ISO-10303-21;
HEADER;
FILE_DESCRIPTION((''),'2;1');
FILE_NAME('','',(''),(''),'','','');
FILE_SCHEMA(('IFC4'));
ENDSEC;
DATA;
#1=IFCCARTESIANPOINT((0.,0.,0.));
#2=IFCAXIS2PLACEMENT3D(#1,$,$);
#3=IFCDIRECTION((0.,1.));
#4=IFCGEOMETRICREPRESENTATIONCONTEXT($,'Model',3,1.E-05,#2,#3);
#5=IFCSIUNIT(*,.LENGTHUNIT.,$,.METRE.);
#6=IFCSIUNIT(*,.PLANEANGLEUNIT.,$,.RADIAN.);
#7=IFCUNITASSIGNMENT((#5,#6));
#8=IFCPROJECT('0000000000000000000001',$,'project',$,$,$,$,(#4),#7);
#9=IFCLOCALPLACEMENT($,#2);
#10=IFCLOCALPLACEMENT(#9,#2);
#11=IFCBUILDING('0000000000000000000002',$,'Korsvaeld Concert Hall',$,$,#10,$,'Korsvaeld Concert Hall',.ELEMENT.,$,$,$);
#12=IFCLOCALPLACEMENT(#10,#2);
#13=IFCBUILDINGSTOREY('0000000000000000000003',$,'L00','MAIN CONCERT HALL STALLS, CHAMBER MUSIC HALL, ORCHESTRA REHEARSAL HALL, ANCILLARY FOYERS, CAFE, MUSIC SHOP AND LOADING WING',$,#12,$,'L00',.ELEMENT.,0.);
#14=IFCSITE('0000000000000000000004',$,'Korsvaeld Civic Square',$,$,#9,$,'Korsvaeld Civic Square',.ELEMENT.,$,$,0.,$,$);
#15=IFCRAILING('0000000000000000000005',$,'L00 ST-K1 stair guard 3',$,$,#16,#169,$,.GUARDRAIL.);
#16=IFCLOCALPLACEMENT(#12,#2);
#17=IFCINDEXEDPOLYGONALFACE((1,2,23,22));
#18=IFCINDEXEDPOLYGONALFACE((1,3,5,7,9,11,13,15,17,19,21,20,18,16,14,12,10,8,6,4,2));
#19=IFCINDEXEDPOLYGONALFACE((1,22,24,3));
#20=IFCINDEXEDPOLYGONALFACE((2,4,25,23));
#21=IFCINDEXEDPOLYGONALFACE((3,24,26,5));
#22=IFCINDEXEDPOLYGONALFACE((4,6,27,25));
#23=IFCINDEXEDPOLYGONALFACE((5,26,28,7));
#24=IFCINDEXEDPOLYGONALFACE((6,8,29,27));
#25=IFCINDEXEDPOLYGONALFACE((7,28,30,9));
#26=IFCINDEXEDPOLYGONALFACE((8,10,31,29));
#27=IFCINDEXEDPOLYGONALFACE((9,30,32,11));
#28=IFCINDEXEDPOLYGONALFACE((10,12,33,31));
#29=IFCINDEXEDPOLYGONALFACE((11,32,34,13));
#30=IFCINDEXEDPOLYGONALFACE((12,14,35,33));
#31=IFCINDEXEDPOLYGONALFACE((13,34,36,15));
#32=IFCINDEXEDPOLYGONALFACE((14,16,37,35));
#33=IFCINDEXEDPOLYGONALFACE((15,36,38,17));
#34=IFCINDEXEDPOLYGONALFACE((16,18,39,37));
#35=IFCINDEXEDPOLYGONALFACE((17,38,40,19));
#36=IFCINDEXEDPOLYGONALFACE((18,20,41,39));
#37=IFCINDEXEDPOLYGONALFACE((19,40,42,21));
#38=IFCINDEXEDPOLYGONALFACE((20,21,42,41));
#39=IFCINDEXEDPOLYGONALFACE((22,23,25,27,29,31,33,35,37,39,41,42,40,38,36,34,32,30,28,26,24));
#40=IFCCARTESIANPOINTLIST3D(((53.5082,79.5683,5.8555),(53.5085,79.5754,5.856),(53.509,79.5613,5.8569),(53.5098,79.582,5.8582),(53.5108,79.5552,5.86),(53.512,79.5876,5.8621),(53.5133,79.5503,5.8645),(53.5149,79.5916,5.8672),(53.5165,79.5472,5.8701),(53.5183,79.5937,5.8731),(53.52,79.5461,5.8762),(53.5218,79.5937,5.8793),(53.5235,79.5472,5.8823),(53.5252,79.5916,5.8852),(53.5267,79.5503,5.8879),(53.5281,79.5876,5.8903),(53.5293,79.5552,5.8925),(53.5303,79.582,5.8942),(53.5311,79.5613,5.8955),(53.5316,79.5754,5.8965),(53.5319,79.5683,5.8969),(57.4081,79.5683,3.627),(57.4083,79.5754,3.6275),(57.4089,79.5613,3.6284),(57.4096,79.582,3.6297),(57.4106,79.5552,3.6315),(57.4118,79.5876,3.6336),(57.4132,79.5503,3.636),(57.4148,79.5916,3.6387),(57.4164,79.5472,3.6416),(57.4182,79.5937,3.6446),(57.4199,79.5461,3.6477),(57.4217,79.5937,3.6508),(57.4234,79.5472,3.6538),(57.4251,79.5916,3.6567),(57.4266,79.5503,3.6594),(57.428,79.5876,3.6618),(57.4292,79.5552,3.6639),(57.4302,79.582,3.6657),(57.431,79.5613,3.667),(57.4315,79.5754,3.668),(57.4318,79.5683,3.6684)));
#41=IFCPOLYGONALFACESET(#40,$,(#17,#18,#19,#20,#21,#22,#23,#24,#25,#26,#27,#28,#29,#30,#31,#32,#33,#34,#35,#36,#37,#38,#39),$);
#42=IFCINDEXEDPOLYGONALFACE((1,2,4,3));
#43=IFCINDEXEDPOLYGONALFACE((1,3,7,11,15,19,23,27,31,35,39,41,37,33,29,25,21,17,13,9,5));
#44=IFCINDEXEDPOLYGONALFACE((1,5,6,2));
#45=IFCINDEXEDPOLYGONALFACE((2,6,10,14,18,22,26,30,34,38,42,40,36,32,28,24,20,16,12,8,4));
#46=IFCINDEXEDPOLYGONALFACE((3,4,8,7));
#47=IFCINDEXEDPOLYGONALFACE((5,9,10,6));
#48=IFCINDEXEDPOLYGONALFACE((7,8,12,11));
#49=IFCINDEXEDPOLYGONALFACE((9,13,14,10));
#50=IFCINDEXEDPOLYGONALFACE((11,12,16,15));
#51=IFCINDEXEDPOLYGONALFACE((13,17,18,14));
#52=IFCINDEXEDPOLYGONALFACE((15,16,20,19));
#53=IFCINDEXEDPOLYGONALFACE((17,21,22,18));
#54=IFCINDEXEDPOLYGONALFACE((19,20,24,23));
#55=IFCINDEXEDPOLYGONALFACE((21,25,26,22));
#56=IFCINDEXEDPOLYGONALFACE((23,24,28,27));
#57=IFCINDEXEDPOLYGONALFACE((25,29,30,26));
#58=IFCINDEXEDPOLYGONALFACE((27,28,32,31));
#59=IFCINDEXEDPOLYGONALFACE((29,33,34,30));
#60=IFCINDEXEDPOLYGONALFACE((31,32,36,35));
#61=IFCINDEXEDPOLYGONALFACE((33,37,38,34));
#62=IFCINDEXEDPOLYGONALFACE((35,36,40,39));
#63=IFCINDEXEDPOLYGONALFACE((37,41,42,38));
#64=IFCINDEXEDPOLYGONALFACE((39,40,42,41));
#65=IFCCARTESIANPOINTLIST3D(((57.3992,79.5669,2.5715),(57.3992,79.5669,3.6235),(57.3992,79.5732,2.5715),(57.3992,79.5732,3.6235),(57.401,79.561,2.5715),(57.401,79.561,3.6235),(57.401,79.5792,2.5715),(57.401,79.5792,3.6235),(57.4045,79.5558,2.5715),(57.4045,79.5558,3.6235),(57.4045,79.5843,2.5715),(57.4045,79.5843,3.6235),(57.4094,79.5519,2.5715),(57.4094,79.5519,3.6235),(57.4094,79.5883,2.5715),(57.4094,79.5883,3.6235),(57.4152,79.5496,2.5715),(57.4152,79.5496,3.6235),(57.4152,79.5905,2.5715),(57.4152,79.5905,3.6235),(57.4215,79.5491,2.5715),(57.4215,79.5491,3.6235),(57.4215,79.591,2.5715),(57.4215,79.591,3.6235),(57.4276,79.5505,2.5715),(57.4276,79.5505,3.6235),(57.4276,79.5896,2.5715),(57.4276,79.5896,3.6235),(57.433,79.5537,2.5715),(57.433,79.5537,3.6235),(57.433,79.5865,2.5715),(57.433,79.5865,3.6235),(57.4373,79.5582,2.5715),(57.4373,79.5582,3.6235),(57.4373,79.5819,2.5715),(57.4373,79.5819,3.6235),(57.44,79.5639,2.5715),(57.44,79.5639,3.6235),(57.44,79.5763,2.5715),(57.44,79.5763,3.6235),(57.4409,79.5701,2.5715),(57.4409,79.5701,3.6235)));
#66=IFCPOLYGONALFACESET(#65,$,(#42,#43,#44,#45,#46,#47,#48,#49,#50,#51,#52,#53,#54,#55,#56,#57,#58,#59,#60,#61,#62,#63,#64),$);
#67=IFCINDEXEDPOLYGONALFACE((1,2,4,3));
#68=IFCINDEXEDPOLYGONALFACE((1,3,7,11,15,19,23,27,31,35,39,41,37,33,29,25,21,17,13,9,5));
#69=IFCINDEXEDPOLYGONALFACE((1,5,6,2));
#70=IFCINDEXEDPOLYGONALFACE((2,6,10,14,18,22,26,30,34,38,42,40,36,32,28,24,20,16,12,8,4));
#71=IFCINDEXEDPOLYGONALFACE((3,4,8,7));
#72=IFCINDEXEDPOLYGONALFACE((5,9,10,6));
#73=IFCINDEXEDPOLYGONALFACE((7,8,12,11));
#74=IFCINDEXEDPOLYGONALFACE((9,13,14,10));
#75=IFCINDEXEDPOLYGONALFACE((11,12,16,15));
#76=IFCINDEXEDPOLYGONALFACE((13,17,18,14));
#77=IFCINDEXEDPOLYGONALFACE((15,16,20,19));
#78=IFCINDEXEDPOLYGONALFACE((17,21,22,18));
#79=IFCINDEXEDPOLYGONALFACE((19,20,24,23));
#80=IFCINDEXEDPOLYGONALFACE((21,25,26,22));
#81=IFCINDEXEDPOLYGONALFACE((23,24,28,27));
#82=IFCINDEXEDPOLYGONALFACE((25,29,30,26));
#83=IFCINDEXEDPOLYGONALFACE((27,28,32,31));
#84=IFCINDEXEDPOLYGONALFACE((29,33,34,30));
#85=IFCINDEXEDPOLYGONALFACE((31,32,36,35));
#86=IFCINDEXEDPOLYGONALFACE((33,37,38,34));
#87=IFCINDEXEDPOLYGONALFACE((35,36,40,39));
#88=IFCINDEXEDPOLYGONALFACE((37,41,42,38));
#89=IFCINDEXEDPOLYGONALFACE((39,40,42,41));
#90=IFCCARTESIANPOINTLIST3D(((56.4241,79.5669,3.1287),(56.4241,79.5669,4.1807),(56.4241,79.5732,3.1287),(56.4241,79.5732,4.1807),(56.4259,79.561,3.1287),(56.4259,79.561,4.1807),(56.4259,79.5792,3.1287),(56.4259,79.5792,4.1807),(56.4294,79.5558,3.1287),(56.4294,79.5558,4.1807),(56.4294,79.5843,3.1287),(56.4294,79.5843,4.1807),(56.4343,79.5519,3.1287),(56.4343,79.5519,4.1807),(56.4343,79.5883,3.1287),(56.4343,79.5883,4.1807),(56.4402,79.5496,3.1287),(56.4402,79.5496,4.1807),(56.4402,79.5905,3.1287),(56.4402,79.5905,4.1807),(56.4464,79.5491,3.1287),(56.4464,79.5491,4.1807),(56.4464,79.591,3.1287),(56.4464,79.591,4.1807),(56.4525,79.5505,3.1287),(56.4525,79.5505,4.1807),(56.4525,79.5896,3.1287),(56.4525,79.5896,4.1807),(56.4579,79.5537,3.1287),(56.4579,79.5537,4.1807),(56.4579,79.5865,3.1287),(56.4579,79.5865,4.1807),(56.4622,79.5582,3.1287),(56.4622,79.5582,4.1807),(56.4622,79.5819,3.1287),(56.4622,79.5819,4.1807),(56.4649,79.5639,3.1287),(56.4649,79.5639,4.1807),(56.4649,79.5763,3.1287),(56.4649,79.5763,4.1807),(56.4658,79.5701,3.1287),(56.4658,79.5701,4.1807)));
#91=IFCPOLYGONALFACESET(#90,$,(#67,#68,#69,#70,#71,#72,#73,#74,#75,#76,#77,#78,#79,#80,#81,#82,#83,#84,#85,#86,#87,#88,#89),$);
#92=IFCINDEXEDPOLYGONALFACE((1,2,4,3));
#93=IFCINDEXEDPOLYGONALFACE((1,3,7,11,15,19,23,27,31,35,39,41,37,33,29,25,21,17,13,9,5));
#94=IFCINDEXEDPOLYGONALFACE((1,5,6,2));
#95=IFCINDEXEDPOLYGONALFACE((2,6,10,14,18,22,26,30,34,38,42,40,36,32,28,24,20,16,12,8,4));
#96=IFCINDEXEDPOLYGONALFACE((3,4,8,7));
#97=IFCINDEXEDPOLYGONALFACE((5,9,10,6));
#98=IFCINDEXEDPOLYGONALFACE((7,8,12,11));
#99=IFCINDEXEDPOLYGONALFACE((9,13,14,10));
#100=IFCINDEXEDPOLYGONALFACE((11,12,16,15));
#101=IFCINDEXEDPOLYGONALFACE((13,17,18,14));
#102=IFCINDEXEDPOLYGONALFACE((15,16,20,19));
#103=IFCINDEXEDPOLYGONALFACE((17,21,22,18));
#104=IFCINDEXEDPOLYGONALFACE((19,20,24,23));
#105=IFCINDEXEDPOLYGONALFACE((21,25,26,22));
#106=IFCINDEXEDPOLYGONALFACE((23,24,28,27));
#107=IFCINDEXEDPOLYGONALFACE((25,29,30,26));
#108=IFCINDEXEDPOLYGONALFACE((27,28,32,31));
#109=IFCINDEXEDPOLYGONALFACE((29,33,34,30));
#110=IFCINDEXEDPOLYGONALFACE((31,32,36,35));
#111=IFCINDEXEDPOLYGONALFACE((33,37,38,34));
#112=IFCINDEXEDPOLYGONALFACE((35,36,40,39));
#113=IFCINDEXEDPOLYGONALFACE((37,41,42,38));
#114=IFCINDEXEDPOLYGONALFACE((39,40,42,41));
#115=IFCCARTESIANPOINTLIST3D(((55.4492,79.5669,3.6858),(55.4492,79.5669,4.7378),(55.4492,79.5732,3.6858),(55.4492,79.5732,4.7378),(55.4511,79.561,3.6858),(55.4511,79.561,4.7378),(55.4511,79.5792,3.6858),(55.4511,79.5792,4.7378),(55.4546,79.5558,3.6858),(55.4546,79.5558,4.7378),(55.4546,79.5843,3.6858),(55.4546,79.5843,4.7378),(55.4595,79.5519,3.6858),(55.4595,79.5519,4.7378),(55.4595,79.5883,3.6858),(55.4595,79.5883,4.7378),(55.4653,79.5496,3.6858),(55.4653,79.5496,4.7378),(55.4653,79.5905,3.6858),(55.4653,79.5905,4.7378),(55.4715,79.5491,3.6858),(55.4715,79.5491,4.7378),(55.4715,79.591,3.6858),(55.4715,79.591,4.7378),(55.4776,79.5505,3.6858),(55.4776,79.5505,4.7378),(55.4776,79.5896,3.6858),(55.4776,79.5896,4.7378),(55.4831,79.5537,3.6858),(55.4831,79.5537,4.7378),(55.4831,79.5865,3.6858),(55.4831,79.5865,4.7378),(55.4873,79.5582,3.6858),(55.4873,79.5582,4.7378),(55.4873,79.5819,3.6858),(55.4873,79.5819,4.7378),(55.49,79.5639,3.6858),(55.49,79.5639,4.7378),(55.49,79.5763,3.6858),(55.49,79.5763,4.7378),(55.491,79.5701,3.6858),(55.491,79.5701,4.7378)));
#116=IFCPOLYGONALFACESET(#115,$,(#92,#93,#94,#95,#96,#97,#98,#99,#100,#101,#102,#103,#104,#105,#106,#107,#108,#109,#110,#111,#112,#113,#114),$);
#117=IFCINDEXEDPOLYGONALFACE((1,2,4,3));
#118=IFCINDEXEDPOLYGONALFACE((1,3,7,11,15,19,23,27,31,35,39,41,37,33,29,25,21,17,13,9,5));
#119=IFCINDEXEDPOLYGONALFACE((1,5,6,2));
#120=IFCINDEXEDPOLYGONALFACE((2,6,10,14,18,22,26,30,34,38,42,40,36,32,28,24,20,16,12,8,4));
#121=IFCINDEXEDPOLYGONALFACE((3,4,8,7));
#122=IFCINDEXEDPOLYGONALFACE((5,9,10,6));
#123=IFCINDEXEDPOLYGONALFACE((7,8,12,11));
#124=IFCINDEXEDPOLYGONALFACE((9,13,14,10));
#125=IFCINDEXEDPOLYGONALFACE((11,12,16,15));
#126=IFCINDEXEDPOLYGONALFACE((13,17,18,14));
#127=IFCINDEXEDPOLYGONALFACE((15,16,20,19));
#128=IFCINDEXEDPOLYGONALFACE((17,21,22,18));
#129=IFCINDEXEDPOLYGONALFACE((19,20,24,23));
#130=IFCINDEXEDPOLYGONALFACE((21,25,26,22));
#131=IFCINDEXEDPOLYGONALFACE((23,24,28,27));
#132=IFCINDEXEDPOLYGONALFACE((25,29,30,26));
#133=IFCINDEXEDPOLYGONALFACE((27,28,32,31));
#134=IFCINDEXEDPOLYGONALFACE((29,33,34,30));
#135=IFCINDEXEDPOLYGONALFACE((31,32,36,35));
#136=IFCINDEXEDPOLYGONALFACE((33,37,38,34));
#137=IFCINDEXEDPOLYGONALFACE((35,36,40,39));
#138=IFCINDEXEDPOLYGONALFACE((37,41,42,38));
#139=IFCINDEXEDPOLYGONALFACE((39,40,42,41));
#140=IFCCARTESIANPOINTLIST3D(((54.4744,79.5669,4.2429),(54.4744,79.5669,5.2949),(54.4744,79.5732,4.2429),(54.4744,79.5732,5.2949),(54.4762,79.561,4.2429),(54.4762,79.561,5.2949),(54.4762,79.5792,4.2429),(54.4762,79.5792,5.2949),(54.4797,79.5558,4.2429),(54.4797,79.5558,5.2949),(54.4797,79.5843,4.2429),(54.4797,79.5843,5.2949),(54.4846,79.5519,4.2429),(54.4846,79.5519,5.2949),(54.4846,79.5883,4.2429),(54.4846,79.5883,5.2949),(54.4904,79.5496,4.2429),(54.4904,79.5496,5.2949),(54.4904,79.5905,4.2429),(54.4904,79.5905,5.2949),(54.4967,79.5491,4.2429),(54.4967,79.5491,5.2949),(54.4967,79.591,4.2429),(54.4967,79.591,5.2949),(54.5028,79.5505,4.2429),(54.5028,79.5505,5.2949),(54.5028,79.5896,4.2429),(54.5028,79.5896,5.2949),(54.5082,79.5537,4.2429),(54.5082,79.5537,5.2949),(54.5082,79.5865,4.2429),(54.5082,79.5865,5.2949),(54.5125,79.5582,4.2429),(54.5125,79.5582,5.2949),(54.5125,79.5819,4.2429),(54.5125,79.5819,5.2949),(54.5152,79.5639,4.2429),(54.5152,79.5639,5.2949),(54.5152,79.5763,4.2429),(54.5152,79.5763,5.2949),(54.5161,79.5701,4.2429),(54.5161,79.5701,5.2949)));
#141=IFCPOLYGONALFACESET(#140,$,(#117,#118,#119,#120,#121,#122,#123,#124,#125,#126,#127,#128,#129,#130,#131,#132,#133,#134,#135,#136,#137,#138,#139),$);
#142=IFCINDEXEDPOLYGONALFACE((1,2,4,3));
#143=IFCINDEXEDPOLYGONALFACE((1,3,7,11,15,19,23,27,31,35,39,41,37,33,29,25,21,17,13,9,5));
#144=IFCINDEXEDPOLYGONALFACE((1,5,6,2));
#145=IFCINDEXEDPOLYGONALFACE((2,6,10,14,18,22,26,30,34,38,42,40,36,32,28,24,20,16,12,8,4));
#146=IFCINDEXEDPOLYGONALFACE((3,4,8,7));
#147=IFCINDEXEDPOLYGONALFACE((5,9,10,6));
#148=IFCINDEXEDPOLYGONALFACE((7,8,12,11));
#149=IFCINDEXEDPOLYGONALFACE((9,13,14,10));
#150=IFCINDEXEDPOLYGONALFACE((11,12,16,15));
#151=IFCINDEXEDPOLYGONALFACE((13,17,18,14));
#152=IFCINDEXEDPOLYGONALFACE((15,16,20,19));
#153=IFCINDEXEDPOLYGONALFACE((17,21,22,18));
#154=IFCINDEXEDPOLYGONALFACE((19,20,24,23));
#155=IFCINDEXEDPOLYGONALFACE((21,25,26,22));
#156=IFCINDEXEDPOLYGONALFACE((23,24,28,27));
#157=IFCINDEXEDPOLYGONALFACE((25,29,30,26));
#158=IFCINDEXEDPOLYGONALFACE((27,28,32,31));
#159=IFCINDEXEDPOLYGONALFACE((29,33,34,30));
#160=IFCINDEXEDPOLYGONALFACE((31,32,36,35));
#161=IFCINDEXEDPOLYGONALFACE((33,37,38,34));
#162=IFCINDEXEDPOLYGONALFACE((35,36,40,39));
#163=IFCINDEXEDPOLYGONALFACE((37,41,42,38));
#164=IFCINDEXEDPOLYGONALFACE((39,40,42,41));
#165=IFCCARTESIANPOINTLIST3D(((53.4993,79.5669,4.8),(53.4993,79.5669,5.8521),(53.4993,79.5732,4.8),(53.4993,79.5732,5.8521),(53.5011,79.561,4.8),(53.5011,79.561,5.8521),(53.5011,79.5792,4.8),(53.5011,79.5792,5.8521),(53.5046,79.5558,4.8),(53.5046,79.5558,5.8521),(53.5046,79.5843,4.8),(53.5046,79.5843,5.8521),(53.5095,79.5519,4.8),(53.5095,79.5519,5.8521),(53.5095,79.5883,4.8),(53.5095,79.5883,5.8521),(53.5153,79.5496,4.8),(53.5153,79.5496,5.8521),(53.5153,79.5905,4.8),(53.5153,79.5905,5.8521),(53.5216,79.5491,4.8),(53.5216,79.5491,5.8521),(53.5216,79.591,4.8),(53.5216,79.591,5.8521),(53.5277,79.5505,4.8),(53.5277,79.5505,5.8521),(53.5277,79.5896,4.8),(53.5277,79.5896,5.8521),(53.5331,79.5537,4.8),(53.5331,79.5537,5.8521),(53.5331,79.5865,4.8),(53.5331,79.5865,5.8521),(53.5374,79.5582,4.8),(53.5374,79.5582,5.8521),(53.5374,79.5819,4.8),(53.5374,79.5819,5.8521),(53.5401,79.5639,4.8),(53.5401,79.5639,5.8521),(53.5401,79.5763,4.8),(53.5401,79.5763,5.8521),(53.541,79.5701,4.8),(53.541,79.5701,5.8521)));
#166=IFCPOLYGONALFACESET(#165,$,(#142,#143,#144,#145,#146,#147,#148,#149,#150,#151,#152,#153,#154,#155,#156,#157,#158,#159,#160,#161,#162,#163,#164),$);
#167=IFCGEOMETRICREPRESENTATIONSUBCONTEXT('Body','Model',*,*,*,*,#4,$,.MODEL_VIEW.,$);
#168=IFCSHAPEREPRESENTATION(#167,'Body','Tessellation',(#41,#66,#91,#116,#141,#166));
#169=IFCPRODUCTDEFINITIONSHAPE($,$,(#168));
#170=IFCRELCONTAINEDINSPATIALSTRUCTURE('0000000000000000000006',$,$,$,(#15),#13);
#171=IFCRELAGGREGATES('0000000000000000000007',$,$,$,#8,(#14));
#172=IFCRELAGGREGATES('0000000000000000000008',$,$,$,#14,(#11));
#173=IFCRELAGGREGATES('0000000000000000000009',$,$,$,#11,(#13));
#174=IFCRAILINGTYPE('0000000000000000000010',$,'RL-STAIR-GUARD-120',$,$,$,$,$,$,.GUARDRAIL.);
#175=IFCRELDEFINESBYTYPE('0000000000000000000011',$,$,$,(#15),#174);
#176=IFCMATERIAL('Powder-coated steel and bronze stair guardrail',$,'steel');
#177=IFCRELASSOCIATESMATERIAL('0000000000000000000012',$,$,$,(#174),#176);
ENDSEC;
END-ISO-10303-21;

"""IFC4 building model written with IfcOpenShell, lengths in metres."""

from ifc_helpers import new_model, si_unit, direction, frame, origin, origin_2d, place, context, subcontext, project, spatial, circle, extrude, material, type_object, element, save


model = new_model("IFC4")

# Units and contexts
model_context = context("Model", 3, precision=1e-05, world=origin(), true_north=direction((0.0, 1.0)))
body_context = subcontext(model_context, "Body", "Model", "MODEL_VIEW")
ifc_project = project(units=[si_unit("LENGTHUNIT", "METRE"), si_unit("PLANEANGLEUNIT", "RADIAN")], contexts=[model_context])

# Site, building, storey
site_placement = place(None, origin())
site = spatial("IfcSite", under=ifc_project, at=site_placement, Name="Korsvaeld Civic Square", LongName="Korsvaeld Civic Square", CompositionType="ELEMENT", RefElevation=0.0)
building_placement = place(site_placement, origin())
building = spatial("IfcBuilding", under=site, at=building_placement, Name="Korsvaeld Concert Hall", LongName="Korsvaeld Concert Hall", CompositionType="ELEMENT")
storey_placement = place(building_placement, origin())
storey = spatial("IfcBuildingStorey", under=building, at=storey_placement, Name="L00", Description="MAIN CONCERT HALL STALLS, CHAMBER MUSIC HALL, ORCHESTRA REHEARSAL HALL, ANCILLARY FOYERS, CAFE, MUSIC SHOP AND LOADING WING", LongName="L00", CompositionType="ELEMENT", Elevation=0.0)

# Railing
ifc_material_1 = material(Name="Powder-coated steel and bronze stair guardrail", Category="steel")
railing_type_1 = type_object("IfcRailingType", Name="RL-STAIR-GUARD-120", PredefinedType="GUARDRAIL", material=ifc_material_1)
railing_1_placement = place(storey_placement, frame((57.4199, 79.5701, 2.5715)))
element("IfcRailing", 1, at=railing_1_placement, inside=storey, type_object=railing_type_1, Name="L00 ST-K1 stair guard 3", PredefinedType="GUARDRAIL", context=body_context, shape_type="SweptSolid", body=[
    extrude(circle(Radius=0.0239, at=origin_2d()), frame((0.0, 0.0, 1.0762), z_axis=(-0.868243, 0.0, 0.496139), x_axis=(0.0, -1.0, 0.0)), (0.0, 0.0, 1.0), 4.4917),
    extrude(circle(Radius=0.021, at=origin_2d()), origin(), (0.0, 0.0, 1.0), 1.052),
    extrude(circle(Radius=0.021, at=origin_2d()), frame((-0.9751, 0.0, 0.5571)), (0.0, 0.0, 1.0), 1.052),
    extrude(circle(Radius=0.021, at=origin_2d()), frame((-1.95, 0.0, 1.1143)), (0.0, 0.0, 1.0), 1.052),
    extrude(circle(Radius=0.021, at=origin_2d()), frame((-2.9248, 0.0, 1.6714)), (0.0, 0.0, 1.0), 1.052),
    extrude(circle(Radius=0.021, at=origin_2d()), frame((-3.8999, 0.0, 2.2285)), (0.0, 0.0, 1.0), 1.052),
])

save(model, "model.ifc")
